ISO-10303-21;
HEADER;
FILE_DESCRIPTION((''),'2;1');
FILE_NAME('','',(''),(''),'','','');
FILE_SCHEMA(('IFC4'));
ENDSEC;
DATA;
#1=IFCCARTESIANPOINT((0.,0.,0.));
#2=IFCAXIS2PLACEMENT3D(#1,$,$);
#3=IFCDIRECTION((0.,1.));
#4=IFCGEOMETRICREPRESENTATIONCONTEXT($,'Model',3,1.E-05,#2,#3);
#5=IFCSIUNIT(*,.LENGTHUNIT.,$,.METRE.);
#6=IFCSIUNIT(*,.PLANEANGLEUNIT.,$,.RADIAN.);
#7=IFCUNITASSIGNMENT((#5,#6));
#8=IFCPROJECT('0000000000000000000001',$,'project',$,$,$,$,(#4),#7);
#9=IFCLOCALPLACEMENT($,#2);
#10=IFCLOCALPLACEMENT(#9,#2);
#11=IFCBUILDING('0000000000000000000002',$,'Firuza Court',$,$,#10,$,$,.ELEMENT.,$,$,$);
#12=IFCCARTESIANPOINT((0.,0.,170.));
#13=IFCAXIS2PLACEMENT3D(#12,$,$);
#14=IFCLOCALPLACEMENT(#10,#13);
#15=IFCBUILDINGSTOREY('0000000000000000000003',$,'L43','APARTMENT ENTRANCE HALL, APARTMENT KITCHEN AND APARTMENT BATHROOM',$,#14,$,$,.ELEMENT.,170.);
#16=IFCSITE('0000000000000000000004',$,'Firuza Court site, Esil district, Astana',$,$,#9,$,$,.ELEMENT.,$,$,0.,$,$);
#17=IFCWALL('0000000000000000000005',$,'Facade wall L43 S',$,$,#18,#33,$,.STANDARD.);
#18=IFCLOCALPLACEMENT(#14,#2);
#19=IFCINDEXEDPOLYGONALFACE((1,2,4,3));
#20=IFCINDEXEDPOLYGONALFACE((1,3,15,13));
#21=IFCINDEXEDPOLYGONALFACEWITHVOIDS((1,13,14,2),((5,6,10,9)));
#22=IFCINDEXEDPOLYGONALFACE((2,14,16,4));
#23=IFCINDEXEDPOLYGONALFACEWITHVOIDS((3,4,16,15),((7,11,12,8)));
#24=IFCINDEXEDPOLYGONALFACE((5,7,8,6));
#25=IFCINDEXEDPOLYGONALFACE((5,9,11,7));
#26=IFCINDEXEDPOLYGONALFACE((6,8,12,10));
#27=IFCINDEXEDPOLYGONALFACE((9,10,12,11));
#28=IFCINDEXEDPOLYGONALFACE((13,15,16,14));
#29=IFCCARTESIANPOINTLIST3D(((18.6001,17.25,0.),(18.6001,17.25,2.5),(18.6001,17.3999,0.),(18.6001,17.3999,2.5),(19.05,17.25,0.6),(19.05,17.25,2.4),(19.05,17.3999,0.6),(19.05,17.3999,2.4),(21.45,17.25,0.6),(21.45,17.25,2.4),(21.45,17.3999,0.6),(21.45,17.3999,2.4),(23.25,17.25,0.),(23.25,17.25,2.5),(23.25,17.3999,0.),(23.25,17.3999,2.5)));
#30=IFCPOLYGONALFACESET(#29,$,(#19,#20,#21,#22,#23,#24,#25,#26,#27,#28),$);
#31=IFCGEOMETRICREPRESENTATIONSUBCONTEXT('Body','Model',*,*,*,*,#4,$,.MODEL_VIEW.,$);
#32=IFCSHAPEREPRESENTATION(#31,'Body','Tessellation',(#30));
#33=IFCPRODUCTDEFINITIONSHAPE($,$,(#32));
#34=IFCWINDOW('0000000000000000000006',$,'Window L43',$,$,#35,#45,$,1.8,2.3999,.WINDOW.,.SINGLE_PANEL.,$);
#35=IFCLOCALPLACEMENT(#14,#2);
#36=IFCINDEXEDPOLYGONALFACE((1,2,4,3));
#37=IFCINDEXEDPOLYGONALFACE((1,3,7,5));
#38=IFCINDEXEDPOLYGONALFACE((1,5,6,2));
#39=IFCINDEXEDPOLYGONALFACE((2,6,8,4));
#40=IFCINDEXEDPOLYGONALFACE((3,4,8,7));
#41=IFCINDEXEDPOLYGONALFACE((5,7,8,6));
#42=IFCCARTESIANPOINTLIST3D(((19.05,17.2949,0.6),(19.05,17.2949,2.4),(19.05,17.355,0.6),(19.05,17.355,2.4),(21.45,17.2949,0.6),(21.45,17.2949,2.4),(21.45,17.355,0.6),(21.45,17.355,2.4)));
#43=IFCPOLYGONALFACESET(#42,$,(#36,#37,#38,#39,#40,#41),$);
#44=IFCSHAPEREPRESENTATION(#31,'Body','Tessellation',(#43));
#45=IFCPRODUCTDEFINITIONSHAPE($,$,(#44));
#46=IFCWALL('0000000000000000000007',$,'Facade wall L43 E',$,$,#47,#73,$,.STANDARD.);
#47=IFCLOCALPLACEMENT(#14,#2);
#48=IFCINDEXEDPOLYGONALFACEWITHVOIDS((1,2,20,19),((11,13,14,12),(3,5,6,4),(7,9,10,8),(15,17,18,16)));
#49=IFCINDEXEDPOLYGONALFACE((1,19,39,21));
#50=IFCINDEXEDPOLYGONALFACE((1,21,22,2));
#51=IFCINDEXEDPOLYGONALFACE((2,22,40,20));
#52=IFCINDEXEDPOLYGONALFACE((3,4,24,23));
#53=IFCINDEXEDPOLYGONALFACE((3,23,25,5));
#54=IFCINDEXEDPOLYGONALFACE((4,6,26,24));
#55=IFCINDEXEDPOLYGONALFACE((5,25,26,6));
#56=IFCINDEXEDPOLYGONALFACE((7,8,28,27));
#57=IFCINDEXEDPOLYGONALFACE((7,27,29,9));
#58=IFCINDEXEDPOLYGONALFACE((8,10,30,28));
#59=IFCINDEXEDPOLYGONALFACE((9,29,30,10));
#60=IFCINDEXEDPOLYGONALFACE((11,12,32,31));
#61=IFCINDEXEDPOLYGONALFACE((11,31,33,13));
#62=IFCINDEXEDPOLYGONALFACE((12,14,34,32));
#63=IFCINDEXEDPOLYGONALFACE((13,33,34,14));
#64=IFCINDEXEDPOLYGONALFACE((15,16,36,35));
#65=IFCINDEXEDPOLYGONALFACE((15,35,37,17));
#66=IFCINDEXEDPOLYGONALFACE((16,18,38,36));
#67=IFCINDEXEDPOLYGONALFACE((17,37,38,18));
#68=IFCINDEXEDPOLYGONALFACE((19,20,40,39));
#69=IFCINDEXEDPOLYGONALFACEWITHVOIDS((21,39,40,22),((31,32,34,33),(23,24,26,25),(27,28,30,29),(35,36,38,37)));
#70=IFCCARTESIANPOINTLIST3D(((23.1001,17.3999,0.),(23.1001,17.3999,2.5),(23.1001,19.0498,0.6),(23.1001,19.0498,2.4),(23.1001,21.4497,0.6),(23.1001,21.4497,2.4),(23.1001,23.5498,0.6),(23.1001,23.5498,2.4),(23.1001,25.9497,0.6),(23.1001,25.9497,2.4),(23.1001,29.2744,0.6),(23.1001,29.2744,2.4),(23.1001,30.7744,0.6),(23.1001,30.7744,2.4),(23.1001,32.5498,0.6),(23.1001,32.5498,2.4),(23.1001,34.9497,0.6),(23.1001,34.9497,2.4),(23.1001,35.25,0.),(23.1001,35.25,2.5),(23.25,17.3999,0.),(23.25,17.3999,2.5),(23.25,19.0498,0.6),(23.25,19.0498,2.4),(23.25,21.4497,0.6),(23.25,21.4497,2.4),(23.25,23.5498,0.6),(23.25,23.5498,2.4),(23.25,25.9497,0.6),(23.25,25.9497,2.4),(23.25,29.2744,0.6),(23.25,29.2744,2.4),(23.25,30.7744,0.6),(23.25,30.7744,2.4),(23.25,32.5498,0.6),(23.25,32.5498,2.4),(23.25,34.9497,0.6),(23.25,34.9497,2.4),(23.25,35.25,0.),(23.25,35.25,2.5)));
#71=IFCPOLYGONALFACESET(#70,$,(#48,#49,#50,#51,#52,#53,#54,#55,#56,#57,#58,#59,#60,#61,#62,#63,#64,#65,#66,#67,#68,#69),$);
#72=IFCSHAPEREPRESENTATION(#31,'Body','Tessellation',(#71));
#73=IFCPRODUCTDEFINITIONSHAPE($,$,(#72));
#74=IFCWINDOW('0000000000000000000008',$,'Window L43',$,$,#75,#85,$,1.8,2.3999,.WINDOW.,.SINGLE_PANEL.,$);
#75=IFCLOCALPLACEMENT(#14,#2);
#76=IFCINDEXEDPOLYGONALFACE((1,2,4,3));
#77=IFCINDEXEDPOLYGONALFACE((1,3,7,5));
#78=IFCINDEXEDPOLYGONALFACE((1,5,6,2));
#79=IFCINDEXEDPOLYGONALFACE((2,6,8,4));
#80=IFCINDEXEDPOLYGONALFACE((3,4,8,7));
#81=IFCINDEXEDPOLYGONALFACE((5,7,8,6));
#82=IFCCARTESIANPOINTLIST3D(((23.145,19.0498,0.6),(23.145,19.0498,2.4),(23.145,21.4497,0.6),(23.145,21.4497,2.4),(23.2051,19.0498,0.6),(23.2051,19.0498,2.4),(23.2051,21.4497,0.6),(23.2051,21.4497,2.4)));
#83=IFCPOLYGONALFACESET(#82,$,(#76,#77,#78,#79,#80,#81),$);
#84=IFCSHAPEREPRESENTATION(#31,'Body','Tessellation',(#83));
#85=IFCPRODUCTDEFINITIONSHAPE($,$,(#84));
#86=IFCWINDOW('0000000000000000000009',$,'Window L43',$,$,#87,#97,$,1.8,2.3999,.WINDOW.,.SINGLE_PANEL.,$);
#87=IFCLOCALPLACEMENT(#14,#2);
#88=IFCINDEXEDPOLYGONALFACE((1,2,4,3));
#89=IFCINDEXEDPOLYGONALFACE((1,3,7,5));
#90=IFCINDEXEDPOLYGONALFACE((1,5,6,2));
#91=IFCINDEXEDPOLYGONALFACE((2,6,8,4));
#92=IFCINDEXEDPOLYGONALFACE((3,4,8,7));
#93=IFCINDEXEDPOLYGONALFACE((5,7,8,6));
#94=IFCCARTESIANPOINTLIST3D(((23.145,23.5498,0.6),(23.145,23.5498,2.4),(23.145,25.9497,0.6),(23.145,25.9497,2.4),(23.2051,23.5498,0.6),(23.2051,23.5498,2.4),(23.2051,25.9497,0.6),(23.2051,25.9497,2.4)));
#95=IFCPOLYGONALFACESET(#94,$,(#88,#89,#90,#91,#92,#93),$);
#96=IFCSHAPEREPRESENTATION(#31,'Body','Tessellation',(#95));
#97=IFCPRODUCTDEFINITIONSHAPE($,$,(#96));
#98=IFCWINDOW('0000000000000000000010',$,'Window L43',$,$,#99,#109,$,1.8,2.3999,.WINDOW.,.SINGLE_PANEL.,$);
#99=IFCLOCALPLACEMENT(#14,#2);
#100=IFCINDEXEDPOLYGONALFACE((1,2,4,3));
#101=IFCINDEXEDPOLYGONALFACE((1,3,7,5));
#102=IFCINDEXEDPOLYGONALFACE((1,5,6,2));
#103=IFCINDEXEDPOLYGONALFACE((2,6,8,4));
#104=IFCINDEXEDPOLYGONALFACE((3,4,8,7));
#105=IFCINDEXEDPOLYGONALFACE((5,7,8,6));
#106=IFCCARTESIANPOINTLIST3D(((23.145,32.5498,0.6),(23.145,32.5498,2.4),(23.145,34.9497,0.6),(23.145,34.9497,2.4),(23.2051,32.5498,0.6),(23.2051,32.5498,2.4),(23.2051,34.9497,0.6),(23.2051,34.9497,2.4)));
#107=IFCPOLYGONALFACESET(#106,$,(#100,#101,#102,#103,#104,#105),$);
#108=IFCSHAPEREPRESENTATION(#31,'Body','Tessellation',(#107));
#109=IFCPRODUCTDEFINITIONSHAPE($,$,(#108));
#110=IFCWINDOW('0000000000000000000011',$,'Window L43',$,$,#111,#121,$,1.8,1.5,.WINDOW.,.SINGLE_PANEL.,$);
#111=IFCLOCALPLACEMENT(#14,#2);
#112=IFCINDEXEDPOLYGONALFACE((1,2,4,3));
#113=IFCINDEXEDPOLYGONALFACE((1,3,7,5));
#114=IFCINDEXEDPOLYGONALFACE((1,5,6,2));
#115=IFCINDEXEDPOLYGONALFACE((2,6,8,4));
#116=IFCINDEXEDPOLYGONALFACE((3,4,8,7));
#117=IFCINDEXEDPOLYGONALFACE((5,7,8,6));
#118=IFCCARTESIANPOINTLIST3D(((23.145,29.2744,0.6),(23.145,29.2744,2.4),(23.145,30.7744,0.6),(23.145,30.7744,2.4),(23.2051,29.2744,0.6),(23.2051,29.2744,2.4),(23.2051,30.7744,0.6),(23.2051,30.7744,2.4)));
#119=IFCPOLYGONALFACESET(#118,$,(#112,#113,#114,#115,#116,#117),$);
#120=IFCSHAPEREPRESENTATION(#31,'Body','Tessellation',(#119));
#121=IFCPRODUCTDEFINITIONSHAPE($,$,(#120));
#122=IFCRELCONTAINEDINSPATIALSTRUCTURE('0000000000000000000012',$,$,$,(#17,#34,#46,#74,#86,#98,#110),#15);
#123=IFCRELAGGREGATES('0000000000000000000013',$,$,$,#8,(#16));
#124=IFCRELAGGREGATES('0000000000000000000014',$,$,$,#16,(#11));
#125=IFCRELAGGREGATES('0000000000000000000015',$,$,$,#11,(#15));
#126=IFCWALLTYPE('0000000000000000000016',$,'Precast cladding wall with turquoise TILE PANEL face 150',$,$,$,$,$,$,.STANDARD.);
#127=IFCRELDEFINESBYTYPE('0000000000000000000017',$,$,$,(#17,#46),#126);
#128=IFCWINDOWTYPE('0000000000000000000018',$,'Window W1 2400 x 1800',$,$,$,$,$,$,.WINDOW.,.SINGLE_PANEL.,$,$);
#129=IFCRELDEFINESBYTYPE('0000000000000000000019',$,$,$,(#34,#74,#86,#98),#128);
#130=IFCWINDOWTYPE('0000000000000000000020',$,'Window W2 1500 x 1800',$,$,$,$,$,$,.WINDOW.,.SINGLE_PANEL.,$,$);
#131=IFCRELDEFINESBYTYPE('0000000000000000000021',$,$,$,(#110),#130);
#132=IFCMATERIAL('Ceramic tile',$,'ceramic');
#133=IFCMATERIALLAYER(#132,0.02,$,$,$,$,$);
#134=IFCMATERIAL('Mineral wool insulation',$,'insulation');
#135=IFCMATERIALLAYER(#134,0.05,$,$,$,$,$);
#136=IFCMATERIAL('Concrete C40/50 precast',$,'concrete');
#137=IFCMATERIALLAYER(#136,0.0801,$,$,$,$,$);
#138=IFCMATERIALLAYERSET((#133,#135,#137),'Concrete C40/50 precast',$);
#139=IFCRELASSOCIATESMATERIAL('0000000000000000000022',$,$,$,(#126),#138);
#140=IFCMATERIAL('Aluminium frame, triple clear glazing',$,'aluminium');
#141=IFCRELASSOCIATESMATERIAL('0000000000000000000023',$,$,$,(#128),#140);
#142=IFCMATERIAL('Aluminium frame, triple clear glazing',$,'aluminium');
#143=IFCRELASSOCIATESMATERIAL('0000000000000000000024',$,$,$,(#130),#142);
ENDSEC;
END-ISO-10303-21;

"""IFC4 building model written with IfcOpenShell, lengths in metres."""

from ifc_helpers import new_model, si_unit, direction, frame, frame_2d, origin, place, context, subcontext, project, spatial, rectangle, extrude, material, layer, layer_set, type_object, element, fill, save


model = new_model("IFC4")

# Units and contexts
model_context = context("Model", 3, precision=1e-05, world=origin(), true_north=direction((0.0, 1.0)))
body_context = subcontext(model_context, "Body", "Model", "MODEL_VIEW")
ifc_project = project(units=[si_unit("LENGTHUNIT", "METRE"), si_unit("PLANEANGLEUNIT", "RADIAN")], contexts=[model_context])

# Site, building, storey
site_placement = place(None, origin())
site = spatial("IfcSite", under=ifc_project, at=site_placement, Name="Firuza Court site, Esil district, Astana", CompositionType="ELEMENT", RefElevation=0.0)
building_placement = place(site_placement, origin())
building = spatial("IfcBuilding", under=site, at=building_placement, Name="Firuza Court", CompositionType="ELEMENT")
storey_placement = place(building_placement, frame((0.0, 0.0, 170.0)))
storey = spatial("IfcBuildingStorey", under=building, at=storey_placement, Name="L43", Description="APARTMENT ENTRANCE HALL, APARTMENT KITCHEN AND APARTMENT BATHROOM", CompositionType="ELEMENT", Elevation=170.0)

# Shared definitions
ifc_material_1 = material(Name="Ceramic tile", Category="ceramic")
ifc_layer_1 = layer(ifc_material_1, 0.02)
ifc_material_2 = material(Name="Mineral wool insulation", Category="insulation")
ifc_layer_2 = layer(ifc_material_2, 0.05)
ifc_material_3 = material(Name="Concrete C40/50 precast", Category="concrete")
ifc_layer_3 = layer(ifc_material_3, 0.0801)
ifc_layer_set_1 = layer_set([ifc_layer_1, ifc_layer_2, ifc_layer_3], Name="Concrete C40/50 precast")
wall_type_1 = type_object("IfcWallType", Name="Precast cladding wall with turquoise TILE PANEL face 150", PredefinedType="STANDARD", material=ifc_layer_set_1)
ifc_material_4 = material(Name="Aluminium frame, triple clear glazing", Category="aluminium")
window_type_1 = type_object("IfcWindowType", Name="Window W1 2400 x 1800", PartitioningType="SINGLE_PANEL", PredefinedType="WINDOW", material=ifc_material_4)

# Wall, opening, window
wall_1_placement = place(storey_placement, frame((18.6001, 17.325, 0.0), z_axis=(0.0, 0.0, 1.0), x_axis=(1.0, 0.0, 0.0)))
wall_1 = element("IfcWall", 1, at=wall_1_placement, inside=storey, type_object=wall_type_1, Name="Facade wall L43 S", PredefinedType="STANDARD", context=body_context, shape_type="SweptSolid", body=[
    extrude(rectangle(XDim=4.6499, YDim=0.1499, at=frame_2d((2.325, 0.0))), origin(), (0.0, 0.0, 1.0), 2.5),
])
opening_1_placement = place(wall_1_placement, frame((0.45, 0.0, 0.6001)))
opening_1 = element("IfcOpeningElement", 2, at=opening_1_placement, cuts=wall_1, PredefinedType="OPENING", context=body_context, shape_type="SweptSolid", body=[
    extrude(rectangle(XDim=2.3999, YDim=1.8, at=frame_2d((1.2, 0.8999))), frame((0.0, 0.0869, 0.0), z_axis=(0.0, -1.0, 0.0), x_axis=(1.0, 0.0, 0.0)), (0.0, 0.0, 1.0), 0.1738),
])
window_1_placement = place(opening_1_placement, origin())
window_1 = element("IfcWindow", 3, at=window_1_placement, inside=storey, type_object=window_type_1, Name="Window L43", OverallHeight=1.8, OverallWidth=2.3999, PartitioningType="SINGLE_PANEL", PredefinedType="WINDOW", context=body_context, shape_type="SweptSolid", body=[
    extrude(rectangle(XDim=2.3999, YDim=1.8, at=frame_2d((1.2, 0.8999))), frame((0.0, 0.03, 0.0), z_axis=(0.0, -1.0, 0.0), x_axis=(1.0, 0.0, 0.0)), (0.0, 0.0, 1.0), 0.0601),
])
fill(opening_1, window_1)

# Wall, openings, windows
wall_2_placement = place(storey_placement, frame((23.175, 17.3999, 0.0), z_axis=(0.0, 0.0, 1.0), x_axis=(0.0, 1.0, 0.0)))
wall_2 = element("IfcWall", 4, at=wall_2_placement, inside=storey, type_object=wall_type_1, Name="Facade wall L43 E", PredefinedType="STANDARD", context=body_context, shape_type="SweptSolid", body=[
    extrude(rectangle(XDim=17.8501, YDim=0.1499, at=frame_2d((8.925, 0.0))), origin(), (0.0, 0.0, 1.0), 2.5),
])
opening_2_placement = place(wall_2_placement, frame((1.6499, 0.0, 0.6001)))
opening_2 = element("IfcOpeningElement", 5, at=opening_2_placement, cuts=wall_2, PredefinedType="OPENING", context=body_context, shape_type="SweptSolid", body=[
    extrude(rectangle(XDim=2.3999, YDim=1.8, at=frame_2d((1.2, 0.8999))), frame((0.0, 0.0869, 0.0), z_axis=(0.0, -1.0, 0.0), x_axis=(1.0, 0.0, 0.0)), (0.0, 0.0, 1.0), 0.1738),
])
opening_3_placement = place(wall_2_placement, frame((6.1499, 0.0, 0.6001)))
opening_3 = element("IfcOpeningElement", 6, at=opening_3_placement, cuts=wall_2, PredefinedType="OPENING", context=body_context, shape_type="SweptSolid", body=[
    extrude(rectangle(XDim=2.3999, YDim=1.8, at=frame_2d((1.2, 0.8999))), frame((0.0, 0.0869, 0.0), z_axis=(0.0, -1.0, 0.0), x_axis=(1.0, 0.0, 0.0)), (0.0, 0.0, 1.0), 0.1738),
])
opening_4_placement = place(wall_2_placement, frame((11.8745, 0.0, 0.6001)))
opening_4 = element("IfcOpeningElement", 7, at=opening_4_placement, cuts=wall_2, PredefinedType="OPENING", context=body_context, shape_type="SweptSolid", body=[
    extrude(rectangle(XDim=1.5, YDim=1.8, at=frame_2d((0.75, 0.8999))), frame((0.0, 0.0869, 0.0), z_axis=(0.0, -1.0, 0.0), x_axis=(1.0, 0.0, 0.0)), (0.0, 0.0, 1.0), 0.1738),
])
opening_5_placement = place(wall_2_placement, frame((15.1499, 0.0, 0.6001)))
opening_5 = element("IfcOpeningElement", 8, at=opening_5_placement, cuts=wall_2, PredefinedType="OPENING", context=body_context, shape_type="SweptSolid", body=[
    extrude(rectangle(XDim=2.3999, YDim=1.8, at=frame_2d((1.2, 0.8999))), frame((0.0, 0.0869, 0.0), z_axis=(0.0, -1.0, 0.0), x_axis=(1.0, 0.0, 0.0)), (0.0, 0.0, 1.0), 0.1738),
])
window_2_placement = place(opening_2_placement, origin())
window_2 = element("IfcWindow", 9, at=window_2_placement, inside=storey, type_object=window_type_1, Name="Window L43", OverallHeight=1.8, OverallWidth=2.3999, PartitioningType="SINGLE_PANEL", PredefinedType="WINDOW", context=body_context, shape_type="SweptSolid", body=[
    extrude(rectangle(XDim=2.3999, YDim=1.8, at=frame_2d((1.2, 0.8999))), frame((0.0, 0.03, 0.0), z_axis=(0.0, -1.0, 0.0), x_axis=(1.0, 0.0, 0.0)), (0.0, 0.0, 1.0), 0.0601),
])
fill(opening_2, window_2)
window_3_placement = place(opening_3_placement, origin())
window_3 = element("IfcWindow", 10, at=window_3_placement, inside=storey, type_object=window_type_1, Name="Window L43", OverallHeight=1.8, OverallWidth=2.3999, PartitioningType="SINGLE_PANEL", PredefinedType="WINDOW", context=body_context, shape_type="SweptSolid", body=[
    extrude(rectangle(XDim=2.3999, YDim=1.8, at=frame_2d((1.2, 0.8999))), frame((0.0, 0.03, 0.0), z_axis=(0.0, -1.0, 0.0), x_axis=(1.0, 0.0, 0.0)), (0.0, 0.0, 1.0), 0.0601),
])
fill(opening_3, window_3)
window_4_placement = place(opening_5_placement, origin())
window_4 = element("IfcWindow", 11, at=window_4_placement, inside=storey, type_object=window_type_1, Name="Window L43", OverallHeight=1.8, OverallWidth=2.3999, PartitioningType="SINGLE_PANEL", PredefinedType="WINDOW", context=body_context, shape_type="SweptSolid", body=[
    extrude(rectangle(XDim=2.3999, YDim=1.8, at=frame_2d((1.2, 0.8999))), frame((0.0, 0.03, 0.0), z_axis=(0.0, -1.0, 0.0), x_axis=(1.0, 0.0, 0.0)), (0.0, 0.0, 1.0), 0.0601),
])
fill(opening_5, window_4)
ifc_material_5 = material(Name="Aluminium frame, triple clear glazing", Category="aluminium")
window_type_2 = type_object("IfcWindowType", Name="Window W2 1500 x 1800", PartitioningType="SINGLE_PANEL", PredefinedType="WINDOW", material=ifc_material_5)
window_5_placement = place(opening_4_placement, origin())
window_5 = element("IfcWindow", 12, at=window_5_placement, inside=storey, type_object=window_type_2, Name="Window L43", OverallHeight=1.8, OverallWidth=1.5, PartitioningType="SINGLE_PANEL", PredefinedType="WINDOW", context=body_context, shape_type="SweptSolid", body=[
    extrude(rectangle(XDim=1.5, YDim=1.8, at=frame_2d((0.75, 0.8999))), frame((0.0, 0.03, 0.0), z_axis=(0.0, -1.0, 0.0), x_axis=(1.0, 0.0, 0.0)), (0.0, 0.0, 1.0), 0.0601),
])
fill(opening_4, window_5)

save(model, "model.ifc")
